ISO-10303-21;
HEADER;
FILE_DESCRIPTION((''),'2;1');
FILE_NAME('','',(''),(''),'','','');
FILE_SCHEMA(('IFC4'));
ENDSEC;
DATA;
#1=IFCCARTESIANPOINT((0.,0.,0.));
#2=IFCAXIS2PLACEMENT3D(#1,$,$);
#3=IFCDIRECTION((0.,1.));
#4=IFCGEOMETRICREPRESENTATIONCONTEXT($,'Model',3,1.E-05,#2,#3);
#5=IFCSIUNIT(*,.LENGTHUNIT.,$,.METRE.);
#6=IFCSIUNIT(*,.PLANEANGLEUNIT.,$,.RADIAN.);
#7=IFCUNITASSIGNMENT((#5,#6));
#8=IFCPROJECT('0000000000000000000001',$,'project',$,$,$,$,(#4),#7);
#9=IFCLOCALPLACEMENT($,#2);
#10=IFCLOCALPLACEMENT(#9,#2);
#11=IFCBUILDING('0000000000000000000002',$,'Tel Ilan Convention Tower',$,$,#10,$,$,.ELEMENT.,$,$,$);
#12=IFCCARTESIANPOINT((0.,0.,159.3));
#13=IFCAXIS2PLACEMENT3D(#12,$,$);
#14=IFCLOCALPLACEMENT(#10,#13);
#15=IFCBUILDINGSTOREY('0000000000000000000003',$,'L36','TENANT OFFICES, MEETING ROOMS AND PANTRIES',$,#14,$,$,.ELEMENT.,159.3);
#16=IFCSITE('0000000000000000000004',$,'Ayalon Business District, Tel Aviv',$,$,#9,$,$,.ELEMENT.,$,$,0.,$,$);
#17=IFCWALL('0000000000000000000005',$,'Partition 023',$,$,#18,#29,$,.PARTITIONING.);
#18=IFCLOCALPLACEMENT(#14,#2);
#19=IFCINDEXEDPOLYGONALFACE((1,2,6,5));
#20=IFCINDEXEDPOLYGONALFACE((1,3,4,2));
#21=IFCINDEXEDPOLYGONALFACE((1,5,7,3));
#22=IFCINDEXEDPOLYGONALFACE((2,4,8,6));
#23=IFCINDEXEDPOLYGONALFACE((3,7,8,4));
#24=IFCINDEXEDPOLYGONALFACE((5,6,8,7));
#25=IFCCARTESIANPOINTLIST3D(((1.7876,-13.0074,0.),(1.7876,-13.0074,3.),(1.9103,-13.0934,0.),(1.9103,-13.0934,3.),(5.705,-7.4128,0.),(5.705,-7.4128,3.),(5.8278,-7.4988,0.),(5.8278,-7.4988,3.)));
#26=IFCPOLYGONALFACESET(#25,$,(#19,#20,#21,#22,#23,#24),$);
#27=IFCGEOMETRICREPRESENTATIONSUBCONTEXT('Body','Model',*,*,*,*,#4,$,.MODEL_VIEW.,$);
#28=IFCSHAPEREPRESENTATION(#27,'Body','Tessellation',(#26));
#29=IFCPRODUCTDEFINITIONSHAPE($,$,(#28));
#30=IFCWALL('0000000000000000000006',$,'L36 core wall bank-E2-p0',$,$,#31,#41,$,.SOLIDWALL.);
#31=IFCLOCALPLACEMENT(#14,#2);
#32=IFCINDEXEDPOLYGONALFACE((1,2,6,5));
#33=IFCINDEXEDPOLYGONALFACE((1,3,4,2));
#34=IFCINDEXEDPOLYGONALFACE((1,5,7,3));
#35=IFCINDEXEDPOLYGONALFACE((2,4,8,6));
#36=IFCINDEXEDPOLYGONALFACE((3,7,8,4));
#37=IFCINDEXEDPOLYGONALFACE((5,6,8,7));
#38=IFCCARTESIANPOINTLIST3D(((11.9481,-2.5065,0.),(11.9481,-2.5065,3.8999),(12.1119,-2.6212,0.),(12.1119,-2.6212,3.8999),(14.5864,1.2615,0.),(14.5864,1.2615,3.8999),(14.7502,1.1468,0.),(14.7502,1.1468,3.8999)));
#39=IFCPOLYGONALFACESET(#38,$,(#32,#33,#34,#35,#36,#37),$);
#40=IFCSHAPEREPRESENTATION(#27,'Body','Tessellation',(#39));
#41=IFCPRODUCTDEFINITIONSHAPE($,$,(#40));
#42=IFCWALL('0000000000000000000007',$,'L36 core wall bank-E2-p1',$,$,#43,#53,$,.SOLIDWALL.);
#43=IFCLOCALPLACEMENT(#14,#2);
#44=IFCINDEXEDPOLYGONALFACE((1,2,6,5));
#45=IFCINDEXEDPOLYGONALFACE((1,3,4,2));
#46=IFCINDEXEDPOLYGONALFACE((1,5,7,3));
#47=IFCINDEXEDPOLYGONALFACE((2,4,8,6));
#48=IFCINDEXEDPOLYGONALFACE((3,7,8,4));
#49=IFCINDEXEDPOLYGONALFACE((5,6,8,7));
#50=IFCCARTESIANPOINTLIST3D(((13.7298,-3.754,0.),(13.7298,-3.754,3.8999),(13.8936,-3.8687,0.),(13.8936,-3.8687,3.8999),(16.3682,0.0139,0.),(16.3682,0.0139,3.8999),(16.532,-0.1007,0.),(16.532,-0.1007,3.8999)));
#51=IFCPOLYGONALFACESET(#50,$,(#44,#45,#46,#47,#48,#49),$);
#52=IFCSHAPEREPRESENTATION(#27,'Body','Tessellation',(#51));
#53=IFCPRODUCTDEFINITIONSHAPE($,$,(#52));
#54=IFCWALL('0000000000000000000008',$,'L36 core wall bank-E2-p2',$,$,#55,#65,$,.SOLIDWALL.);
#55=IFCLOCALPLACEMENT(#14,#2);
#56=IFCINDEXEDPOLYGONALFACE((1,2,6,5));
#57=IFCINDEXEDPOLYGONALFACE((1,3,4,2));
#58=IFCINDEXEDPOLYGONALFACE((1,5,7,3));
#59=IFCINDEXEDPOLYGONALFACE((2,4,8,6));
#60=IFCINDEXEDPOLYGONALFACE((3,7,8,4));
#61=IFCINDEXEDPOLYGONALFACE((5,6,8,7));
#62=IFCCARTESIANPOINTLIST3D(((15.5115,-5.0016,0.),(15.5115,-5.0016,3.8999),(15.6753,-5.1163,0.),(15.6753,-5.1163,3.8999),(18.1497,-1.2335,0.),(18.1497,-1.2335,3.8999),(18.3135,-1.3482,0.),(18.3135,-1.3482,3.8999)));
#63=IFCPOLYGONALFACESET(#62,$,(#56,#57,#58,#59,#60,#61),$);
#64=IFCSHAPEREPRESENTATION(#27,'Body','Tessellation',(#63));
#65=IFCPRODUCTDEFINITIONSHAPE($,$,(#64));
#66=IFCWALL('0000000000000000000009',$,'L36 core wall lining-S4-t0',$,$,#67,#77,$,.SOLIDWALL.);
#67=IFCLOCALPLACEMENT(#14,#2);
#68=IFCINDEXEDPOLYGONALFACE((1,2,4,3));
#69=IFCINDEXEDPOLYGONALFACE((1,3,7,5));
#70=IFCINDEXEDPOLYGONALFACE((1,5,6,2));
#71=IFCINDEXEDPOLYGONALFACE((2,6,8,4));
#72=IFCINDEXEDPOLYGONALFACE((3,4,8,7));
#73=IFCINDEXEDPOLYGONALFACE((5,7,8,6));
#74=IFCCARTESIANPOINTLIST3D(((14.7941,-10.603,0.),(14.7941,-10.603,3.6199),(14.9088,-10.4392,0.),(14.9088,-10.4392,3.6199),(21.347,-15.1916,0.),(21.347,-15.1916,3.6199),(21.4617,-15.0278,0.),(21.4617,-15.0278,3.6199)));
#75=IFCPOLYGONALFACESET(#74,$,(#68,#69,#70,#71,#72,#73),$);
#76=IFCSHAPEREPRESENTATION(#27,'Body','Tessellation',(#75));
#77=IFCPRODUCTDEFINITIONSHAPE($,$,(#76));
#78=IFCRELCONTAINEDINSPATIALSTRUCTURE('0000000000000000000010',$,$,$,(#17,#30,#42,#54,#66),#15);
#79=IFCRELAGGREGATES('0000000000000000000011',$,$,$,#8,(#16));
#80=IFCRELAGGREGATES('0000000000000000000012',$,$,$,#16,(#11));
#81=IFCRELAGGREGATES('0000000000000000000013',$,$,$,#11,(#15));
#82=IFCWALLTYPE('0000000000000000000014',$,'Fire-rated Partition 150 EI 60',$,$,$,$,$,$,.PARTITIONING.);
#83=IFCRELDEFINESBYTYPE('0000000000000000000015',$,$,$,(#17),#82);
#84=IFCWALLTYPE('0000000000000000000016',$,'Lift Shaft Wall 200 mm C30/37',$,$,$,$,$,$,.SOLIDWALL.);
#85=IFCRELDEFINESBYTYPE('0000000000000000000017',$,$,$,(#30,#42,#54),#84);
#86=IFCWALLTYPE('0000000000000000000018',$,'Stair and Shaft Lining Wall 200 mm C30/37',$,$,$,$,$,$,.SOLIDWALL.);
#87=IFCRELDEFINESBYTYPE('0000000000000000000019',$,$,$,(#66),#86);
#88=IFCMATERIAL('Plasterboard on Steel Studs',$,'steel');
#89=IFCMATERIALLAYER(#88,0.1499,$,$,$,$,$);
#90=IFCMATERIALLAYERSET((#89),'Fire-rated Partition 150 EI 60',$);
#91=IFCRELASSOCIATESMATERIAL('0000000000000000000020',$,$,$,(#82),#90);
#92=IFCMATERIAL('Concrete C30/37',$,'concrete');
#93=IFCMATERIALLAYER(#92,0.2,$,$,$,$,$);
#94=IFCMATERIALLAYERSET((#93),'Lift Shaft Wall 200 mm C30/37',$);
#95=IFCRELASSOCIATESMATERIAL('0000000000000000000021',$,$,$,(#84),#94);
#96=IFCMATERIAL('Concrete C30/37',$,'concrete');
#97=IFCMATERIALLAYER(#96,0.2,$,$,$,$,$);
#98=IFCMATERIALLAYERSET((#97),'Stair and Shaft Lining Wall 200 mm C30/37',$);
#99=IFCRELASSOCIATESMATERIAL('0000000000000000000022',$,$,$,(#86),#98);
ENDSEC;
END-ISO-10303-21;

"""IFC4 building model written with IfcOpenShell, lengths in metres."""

from ifc_helpers import new_model, si_unit, direction, frame, frame_2d, origin, place, context, subcontext, project, spatial, rectangle, extrude, material, layer, layer_set, type_object, element, save


model = new_model("IFC4")

# Units and contexts
model_context = context("Model", 3, precision=1e-05, world=origin(), true_north=direction((0.0, 1.0)))
body_context = subcontext(model_context, "Body", "Model", "MODEL_VIEW")
ifc_project = project(units=[si_unit("LENGTHUNIT", "METRE"), si_unit("PLANEANGLEUNIT", "RADIAN")], contexts=[model_context])

# Site, building, storey
site_placement = place(None, origin())
site = spatial("IfcSite", under=ifc_project, at=site_placement, Name="Ayalon Business District, Tel Aviv", CompositionType="ELEMENT", RefElevation=0.0)
building_placement = place(site_placement, origin())
building = spatial("IfcBuilding", under=site, at=building_placement, Name="Tel Ilan Convention Tower", CompositionType="ELEMENT")
storey_placement = place(building_placement, frame((0.0, 0.0, 159.3)))
storey = spatial("IfcBuildingStorey", under=building, at=storey_placement, Name="L36", Description="TENANT OFFICES, MEETING ROOMS AND PANTRIES", CompositionType="ELEMENT", Elevation=159.3)

# Shared definitions
ifc_material_1 = material(Name="Plasterboard on Steel Studs", Category="steel")
ifc_layer_1 = layer(ifc_material_1, 0.1499)
ifc_layer_set_1 = layer_set([ifc_layer_1], Name="Fire-rated Partition 150 EI 60")
wall_type_1 = type_object("IfcWallType", Name="Fire-rated Partition 150 EI 60", PredefinedType="PARTITIONING", material=ifc_layer_set_1)

# Walls
wall_1_placement = place(storey_placement, frame((1.8489, -13.0505, 0.0), z_axis=(0.0, 0.0, 1.0), x_axis=(0.573577, 0.819151, 0.0)))
element("IfcWall", 1, at=wall_1_placement, inside=storey, type_object=wall_type_1, Name="Partition 023", PredefinedType="PARTITIONING", context=body_context, shape_type="SweptSolid", body=[
    extrude(rectangle(XDim=6.8298, YDim=0.1499, at=frame_2d((3.415, 0.0))), origin(), (0.0, 0.0, 1.0), 3.0),
])
ifc_material_2 = material(Name="Concrete C30/37", Category="concrete")
ifc_layer_2 = layer(ifc_material_2, 0.2)
ifc_layer_set_2 = layer_set([ifc_layer_2], Name="Lift Shaft Wall 200 mm C30/37")
wall_type_2 = type_object("IfcWallType", Name="Lift Shaft Wall 200 mm C30/37", PredefinedType="SOLIDWALL", material=ifc_layer_set_2)
for number, where, z_axis, x_axis, name in (
    (2, (12.03, -2.5637, 0.0), (0.0, 0.0, 1.0), (0.573576, 0.819152, 0.0), "L36 core wall bank-E2-p0"),
    (3, (13.8118, -3.8113, 0.0), (0.0, 0.0, 1.0), (0.573576, 0.819152, 0.0), "L36 core wall bank-E2-p1"),
    (4, (15.5935, -5.0588, 0.0), (0.0, 0.0, 1.0), (0.573541, 0.819177, 0.0), "L36 core wall bank-E2-p2"),
):
    element("IfcWall", number, at=place(storey_placement, frame(where, z_axis=z_axis, x_axis=x_axis)), inside=storey, type_object=wall_type_2, Name=name, PredefinedType="SOLIDWALL", context=body_context, shape_type="SweptSolid", body=[
        extrude(rectangle(XDim=4.5999, YDim=0.2, at=frame_2d((2.2998, 0.0))), origin(), (0.0, 0.0, 1.0), 3.8999),
    ])
ifc_material_3 = material(Name="Concrete C30/37", Category="concrete")
ifc_layer_3 = layer(ifc_material_3, 0.2)
ifc_layer_set_3 = layer_set([ifc_layer_3], Name="Stair and Shaft Lining Wall 200 mm C30/37")
wall_type_3 = type_object("IfcWallType", Name="Stair and Shaft Lining Wall 200 mm C30/37", PredefinedType="SOLIDWALL", material=ifc_layer_set_3)
wall_2_placement = place(storey_placement, frame((14.8513, -10.521, 0.0), z_axis=(0.0, 0.0, 1.0), x_axis=(0.819142, -0.573591, 0.0)))
element("IfcWall", 5, at=wall_2_placement, inside=storey, type_object=wall_type_3, Name="L36 core wall lining-S4-t0", PredefinedType="SOLIDWALL", context=body_context, shape_type="SweptSolid", body=[
    extrude(rectangle(XDim=7.9998, YDim=0.2, at=frame_2d((4.0, 0.0))), origin(), (0.0, 0.0, 1.0), 3.6199),
])

save(model, "model.ifc")
